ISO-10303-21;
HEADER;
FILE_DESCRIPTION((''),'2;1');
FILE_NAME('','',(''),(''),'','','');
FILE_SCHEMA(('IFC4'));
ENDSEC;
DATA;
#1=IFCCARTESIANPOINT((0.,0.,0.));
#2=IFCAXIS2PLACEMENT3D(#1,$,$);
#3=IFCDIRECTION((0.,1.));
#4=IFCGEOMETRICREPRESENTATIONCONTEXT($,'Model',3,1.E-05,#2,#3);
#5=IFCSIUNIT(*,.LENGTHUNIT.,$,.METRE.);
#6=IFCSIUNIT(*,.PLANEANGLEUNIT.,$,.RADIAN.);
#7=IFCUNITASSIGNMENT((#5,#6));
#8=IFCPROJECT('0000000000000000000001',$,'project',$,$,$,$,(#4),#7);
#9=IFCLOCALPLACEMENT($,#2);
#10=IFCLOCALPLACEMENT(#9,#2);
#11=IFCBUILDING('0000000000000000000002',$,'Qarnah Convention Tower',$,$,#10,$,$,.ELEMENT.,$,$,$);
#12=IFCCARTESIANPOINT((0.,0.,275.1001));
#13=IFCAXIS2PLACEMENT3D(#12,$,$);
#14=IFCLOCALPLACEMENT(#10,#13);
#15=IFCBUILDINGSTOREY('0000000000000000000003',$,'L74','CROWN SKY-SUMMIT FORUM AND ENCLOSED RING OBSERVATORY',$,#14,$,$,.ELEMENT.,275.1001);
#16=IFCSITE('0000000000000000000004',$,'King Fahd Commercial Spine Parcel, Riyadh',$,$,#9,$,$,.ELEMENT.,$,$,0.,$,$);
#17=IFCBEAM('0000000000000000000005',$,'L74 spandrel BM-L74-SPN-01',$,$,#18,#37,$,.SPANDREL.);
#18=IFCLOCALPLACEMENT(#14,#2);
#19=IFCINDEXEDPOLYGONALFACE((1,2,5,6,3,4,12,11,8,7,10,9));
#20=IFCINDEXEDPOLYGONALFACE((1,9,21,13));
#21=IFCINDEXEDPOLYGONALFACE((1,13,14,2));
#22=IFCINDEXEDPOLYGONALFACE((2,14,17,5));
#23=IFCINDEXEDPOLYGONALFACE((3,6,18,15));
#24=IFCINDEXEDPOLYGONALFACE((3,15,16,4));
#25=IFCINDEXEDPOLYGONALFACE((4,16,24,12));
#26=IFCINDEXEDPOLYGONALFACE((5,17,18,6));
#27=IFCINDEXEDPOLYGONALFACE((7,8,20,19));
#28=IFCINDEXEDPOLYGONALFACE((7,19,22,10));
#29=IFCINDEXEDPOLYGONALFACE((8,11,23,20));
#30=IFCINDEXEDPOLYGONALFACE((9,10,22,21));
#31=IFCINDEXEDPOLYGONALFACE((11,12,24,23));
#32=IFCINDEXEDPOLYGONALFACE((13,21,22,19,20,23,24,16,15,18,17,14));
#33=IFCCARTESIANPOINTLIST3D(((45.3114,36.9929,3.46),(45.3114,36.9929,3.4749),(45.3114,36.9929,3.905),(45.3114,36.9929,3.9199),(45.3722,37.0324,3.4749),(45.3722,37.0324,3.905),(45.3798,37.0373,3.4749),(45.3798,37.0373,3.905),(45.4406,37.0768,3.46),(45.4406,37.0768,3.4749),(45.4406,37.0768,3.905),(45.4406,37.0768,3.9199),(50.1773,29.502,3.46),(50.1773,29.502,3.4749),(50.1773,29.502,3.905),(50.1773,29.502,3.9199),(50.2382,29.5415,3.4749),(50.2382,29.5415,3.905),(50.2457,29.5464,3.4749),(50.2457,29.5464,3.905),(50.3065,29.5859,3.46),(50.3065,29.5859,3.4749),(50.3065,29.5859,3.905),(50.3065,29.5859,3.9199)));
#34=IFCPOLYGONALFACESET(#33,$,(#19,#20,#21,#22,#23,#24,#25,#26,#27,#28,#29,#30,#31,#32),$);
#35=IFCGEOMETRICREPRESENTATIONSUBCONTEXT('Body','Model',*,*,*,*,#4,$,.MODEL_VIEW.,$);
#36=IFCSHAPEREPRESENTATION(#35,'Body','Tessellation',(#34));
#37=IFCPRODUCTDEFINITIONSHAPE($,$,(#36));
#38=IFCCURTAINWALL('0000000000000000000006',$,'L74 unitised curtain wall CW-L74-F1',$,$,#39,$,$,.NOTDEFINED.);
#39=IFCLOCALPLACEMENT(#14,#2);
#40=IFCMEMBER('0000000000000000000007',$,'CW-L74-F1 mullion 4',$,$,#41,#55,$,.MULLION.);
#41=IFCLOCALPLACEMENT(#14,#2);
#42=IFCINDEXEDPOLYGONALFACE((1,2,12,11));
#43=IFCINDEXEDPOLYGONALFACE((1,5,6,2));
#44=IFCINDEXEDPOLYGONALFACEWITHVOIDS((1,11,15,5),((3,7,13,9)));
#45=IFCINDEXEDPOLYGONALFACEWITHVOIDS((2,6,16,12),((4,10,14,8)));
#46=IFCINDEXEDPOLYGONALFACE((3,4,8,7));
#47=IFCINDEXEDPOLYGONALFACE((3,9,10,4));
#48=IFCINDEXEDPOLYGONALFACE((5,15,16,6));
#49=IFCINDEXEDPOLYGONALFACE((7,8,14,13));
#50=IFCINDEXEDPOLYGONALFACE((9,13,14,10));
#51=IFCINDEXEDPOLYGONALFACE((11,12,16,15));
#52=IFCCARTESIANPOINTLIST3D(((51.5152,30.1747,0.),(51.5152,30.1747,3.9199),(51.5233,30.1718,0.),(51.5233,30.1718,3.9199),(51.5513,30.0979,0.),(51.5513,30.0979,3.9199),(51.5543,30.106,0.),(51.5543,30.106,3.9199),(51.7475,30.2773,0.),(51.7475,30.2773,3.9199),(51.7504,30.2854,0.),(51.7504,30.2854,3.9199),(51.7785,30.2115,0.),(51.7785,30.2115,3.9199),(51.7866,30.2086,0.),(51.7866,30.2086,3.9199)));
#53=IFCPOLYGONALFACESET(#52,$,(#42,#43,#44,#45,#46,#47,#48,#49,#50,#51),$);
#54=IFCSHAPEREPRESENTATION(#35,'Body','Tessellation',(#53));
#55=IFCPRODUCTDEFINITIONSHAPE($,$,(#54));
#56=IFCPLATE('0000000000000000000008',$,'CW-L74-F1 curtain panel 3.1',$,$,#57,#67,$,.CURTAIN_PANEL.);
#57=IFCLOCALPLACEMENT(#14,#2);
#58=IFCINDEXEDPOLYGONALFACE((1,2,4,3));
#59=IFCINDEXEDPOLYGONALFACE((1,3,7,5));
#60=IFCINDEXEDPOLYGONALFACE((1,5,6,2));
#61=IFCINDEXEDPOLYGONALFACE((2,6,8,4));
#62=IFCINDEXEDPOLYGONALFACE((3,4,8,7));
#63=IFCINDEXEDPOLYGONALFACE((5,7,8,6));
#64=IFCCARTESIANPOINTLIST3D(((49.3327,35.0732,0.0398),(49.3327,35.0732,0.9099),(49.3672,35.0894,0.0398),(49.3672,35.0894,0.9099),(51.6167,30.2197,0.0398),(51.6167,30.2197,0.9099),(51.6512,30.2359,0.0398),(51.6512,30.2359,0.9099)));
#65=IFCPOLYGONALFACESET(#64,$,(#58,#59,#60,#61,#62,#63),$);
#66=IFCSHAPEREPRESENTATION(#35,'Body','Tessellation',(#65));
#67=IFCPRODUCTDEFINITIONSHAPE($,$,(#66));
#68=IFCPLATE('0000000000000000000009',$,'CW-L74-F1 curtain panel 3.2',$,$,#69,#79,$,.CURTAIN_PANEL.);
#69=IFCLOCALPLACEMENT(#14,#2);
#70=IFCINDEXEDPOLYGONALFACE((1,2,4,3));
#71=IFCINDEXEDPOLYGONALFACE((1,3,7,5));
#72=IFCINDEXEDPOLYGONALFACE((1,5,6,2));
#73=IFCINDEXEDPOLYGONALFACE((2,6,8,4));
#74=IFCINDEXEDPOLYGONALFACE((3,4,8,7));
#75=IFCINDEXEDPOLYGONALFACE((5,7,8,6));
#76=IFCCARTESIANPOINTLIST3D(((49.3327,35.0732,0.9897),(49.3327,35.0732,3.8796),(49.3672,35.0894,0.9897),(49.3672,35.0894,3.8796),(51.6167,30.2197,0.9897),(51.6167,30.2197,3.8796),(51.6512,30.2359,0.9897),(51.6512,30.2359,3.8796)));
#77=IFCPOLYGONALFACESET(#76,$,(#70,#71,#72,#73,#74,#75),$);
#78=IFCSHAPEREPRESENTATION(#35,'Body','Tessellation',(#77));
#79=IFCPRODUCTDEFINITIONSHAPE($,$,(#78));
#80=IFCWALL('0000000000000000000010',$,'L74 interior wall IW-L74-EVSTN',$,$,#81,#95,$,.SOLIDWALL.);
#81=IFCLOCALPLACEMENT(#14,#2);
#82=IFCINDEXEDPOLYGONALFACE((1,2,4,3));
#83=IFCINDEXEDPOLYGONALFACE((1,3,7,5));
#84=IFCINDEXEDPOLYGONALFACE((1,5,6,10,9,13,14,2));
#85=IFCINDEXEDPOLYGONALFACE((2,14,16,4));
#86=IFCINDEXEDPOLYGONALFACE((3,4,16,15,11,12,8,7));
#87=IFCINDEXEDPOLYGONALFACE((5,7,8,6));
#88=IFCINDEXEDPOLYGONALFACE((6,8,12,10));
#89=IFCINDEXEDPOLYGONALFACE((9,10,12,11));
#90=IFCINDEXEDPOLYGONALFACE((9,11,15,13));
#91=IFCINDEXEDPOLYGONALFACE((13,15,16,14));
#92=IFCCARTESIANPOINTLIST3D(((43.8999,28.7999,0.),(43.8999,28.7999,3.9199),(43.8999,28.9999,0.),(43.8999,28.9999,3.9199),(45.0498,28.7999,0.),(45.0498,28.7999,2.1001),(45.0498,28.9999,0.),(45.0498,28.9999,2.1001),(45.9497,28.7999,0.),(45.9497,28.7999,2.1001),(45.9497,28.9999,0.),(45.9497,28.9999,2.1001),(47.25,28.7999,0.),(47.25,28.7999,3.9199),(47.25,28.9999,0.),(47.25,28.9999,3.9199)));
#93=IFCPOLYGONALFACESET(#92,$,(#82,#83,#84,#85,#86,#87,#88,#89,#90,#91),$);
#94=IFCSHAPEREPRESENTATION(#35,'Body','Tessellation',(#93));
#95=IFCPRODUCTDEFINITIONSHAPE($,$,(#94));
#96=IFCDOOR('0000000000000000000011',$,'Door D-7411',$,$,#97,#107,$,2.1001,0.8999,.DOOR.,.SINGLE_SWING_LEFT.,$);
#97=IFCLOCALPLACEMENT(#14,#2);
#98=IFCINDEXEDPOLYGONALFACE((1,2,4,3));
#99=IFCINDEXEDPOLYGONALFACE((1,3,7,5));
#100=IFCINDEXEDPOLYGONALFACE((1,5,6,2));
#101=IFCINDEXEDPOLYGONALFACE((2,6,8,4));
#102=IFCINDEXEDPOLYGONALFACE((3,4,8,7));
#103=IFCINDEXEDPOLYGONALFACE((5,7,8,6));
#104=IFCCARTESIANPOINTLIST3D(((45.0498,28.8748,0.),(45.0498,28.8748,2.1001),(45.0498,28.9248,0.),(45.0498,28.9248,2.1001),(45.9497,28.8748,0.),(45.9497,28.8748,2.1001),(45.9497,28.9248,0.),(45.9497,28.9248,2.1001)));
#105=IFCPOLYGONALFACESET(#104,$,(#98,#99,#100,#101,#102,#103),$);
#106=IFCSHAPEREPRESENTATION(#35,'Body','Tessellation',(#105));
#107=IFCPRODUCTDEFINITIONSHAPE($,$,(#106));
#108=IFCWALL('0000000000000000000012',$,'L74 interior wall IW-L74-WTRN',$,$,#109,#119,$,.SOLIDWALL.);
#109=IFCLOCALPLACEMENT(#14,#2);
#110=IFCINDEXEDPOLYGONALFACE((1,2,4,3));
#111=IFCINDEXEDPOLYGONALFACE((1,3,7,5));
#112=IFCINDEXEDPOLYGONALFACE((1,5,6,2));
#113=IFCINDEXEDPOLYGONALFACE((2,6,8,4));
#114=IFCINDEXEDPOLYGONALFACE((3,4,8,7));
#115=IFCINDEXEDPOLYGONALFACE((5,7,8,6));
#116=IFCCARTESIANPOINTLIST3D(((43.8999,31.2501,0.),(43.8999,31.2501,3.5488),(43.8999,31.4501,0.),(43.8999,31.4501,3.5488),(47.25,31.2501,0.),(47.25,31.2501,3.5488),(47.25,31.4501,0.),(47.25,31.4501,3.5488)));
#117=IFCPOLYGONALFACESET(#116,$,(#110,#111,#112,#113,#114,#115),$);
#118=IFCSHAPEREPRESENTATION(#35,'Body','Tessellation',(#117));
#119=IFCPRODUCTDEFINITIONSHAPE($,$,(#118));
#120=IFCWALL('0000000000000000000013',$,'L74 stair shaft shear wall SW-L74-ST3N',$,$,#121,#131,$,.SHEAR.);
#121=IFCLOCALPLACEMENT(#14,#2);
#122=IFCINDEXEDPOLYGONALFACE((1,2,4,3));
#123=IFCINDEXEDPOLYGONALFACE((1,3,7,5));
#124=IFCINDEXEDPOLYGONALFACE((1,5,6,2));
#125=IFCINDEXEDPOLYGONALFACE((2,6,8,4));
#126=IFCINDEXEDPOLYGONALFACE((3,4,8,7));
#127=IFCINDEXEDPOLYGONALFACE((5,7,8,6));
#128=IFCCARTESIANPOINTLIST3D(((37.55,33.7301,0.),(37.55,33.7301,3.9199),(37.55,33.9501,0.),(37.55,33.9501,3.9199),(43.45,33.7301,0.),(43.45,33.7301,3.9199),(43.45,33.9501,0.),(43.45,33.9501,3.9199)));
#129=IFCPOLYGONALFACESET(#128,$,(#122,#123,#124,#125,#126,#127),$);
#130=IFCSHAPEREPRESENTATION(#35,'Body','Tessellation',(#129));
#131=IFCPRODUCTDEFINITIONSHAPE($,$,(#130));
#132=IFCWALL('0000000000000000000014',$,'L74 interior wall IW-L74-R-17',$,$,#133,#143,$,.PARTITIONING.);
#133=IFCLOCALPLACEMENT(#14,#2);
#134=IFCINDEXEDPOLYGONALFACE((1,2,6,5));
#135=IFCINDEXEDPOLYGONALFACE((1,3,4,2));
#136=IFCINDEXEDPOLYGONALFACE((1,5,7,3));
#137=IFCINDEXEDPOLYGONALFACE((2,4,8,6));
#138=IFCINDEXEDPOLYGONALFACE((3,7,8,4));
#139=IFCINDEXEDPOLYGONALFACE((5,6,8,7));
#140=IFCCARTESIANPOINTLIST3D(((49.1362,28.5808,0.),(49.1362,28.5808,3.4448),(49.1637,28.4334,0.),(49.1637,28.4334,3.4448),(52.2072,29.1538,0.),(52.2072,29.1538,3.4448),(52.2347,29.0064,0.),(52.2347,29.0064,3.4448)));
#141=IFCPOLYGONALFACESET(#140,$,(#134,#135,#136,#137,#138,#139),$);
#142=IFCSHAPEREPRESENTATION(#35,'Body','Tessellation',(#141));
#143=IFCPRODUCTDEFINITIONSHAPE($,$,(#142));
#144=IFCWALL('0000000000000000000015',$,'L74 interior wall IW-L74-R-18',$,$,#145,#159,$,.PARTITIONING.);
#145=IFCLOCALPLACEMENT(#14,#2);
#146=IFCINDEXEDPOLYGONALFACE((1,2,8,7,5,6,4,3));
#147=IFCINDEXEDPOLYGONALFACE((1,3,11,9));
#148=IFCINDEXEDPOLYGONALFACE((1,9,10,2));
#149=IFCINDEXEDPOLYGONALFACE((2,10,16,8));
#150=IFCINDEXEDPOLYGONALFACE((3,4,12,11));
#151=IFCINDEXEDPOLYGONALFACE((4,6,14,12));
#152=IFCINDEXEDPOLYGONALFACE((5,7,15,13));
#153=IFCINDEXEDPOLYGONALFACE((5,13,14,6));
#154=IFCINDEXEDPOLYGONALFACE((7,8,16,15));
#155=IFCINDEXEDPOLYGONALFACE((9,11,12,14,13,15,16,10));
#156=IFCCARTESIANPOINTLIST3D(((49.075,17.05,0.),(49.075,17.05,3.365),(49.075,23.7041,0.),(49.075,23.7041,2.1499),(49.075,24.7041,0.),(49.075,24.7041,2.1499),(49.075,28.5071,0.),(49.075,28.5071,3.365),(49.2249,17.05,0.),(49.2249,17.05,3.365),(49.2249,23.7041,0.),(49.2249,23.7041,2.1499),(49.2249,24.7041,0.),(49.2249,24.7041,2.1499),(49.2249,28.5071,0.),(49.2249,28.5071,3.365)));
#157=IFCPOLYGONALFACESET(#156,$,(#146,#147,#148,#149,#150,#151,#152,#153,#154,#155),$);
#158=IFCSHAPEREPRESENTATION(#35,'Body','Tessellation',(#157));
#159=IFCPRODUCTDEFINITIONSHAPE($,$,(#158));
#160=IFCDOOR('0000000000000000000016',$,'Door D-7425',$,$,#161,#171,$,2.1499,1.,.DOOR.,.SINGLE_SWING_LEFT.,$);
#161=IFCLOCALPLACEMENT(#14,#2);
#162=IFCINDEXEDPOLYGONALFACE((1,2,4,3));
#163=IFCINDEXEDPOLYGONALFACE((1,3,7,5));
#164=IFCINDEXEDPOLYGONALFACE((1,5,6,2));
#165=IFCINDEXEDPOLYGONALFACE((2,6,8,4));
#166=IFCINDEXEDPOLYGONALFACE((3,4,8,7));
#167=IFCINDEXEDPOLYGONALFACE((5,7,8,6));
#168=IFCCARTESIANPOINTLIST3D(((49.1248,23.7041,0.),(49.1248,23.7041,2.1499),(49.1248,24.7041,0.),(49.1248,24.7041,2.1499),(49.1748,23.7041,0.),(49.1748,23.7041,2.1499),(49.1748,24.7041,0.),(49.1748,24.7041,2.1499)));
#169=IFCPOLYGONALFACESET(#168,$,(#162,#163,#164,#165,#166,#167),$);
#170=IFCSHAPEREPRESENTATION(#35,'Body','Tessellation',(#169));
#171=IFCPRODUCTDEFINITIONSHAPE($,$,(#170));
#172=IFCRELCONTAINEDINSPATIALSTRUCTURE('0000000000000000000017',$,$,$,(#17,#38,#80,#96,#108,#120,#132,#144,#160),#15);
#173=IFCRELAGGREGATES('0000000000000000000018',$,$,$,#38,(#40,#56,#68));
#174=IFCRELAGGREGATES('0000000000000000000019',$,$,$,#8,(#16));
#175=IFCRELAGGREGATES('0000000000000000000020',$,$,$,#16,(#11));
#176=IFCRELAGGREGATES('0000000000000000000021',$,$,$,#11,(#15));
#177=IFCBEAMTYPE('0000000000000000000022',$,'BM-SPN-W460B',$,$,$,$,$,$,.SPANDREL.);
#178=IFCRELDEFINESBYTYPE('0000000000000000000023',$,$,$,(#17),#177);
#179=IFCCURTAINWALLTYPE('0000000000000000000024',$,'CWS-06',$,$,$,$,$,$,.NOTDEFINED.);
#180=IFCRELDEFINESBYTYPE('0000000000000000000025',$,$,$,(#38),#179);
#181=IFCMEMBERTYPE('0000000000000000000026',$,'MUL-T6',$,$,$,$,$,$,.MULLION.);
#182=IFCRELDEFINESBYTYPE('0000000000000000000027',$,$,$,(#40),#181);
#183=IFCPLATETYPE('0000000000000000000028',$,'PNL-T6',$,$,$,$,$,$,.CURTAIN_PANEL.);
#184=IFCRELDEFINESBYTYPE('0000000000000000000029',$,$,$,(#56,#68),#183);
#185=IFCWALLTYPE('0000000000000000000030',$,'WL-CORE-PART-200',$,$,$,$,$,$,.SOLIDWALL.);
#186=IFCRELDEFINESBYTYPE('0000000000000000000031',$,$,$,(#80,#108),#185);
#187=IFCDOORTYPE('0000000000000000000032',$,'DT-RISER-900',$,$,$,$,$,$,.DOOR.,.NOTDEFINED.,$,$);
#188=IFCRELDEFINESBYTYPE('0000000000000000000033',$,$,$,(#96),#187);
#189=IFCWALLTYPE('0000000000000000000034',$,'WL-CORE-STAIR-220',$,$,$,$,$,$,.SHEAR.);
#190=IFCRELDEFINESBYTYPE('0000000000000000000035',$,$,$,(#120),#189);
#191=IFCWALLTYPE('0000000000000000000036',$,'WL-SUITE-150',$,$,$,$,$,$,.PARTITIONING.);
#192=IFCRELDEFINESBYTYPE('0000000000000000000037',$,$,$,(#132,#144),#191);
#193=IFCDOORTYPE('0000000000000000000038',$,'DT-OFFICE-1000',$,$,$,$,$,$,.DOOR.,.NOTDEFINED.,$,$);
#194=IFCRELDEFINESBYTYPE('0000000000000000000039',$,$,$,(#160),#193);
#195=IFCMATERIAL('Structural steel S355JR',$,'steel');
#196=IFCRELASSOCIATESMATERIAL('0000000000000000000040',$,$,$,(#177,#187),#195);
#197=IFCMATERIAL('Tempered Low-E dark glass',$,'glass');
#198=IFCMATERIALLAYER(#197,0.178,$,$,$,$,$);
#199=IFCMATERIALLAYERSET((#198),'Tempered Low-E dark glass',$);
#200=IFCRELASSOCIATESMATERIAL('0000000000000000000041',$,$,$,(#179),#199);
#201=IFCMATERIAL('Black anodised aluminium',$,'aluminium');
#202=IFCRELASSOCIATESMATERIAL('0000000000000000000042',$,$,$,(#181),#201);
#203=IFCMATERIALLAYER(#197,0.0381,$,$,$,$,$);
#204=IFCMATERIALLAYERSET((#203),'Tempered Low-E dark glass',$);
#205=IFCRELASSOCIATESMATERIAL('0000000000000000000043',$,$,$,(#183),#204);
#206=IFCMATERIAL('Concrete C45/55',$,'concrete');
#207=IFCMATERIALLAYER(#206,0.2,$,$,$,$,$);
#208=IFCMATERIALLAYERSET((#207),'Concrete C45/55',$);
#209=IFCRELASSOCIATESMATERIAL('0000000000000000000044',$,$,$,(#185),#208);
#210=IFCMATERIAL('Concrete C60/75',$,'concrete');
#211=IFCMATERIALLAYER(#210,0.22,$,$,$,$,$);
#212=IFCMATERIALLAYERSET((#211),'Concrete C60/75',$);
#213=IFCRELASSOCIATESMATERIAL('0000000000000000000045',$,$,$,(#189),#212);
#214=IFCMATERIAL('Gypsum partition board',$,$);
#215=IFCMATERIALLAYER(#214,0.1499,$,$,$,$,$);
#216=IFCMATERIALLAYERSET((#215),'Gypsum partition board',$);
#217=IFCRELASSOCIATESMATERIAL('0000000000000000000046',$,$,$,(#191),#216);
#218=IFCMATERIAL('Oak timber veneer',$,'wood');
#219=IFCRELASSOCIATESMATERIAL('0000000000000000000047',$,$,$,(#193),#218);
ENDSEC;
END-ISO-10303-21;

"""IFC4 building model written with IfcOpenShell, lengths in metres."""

from ifc_helpers import new_model, si_unit, direction, frame, frame_2d, origin, origin_2d, place, context, subcontext, project, spatial, rectangle, hollow_rectangle, i_section, extrude, material, layer, layer_set, material_profile, profile_set, type_object, element, fill, aggregate, save


model = new_model("IFC4")

# Units and contexts
model_context = context("Model", 3, precision=1e-05, world=origin(), true_north=direction((0.0, 1.0)))
body_context = subcontext(model_context, "Body", "Model", "MODEL_VIEW")
ifc_project = project(units=[si_unit("LENGTHUNIT", "METRE"), si_unit("PLANEANGLEUNIT", "RADIAN")], contexts=[model_context])

# Site, building, storey
site_placement = place(None, origin())
site = spatial("IfcSite", under=ifc_project, at=site_placement, Name="King Fahd Commercial Spine Parcel, Riyadh", CompositionType="ELEMENT", RefElevation=0.0)
building_placement = place(site_placement, origin())
building = spatial("IfcBuilding", under=site, at=building_placement, Name="Qarnah Convention Tower", CompositionType="ELEMENT")
storey_placement = place(building_placement, frame((0.0, 0.0, 275.1001)))
storey = spatial("IfcBuildingStorey", under=building, at=storey_placement, Name="L74", Description="CROWN SKY-SUMMIT FORUM AND ENCLOSED RING OBSERVATORY", CompositionType="ELEMENT", Elevation=275.1001)

# Beam
ifc_material_1 = material(Name="Structural steel S355JR", Category="steel")
ifc_material_profile_1 = material_profile(ifc_material_1, i_section(OverallWidth=0.1541, OverallDepth=0.46, WebThickness=0.009, FlangeThickness=0.0149, at=origin_2d()), Name="W460X68")
ifc_profile_set_1 = profile_set([ifc_material_profile_1], Name="Structural steel S355JR")
beam_type_1 = type_object("IfcBeamType", Name="BM-SPN-W460B", PredefinedType="SPANDREL", material=ifc_profile_set_1)
beam_1_placement = place(storey_placement, frame((50.2419, 29.5439, 3.6899), z_axis=(-0.54474, 0.838605, 0.0), x_axis=(-0.838605, -0.54474, 0.0)))
element("IfcBeam", 1, at=beam_1_placement, inside=storey, type_object=beam_type_1, Name="L74 spandrel BM-L74-SPN-01", PredefinedType="SPANDREL", context=body_context, shape_type="SweptSolid", body=[
    extrude(i_section(OverallWidth=0.1541, OverallDepth=0.46, WebThickness=0.009, FlangeThickness=0.0149, at=origin_2d()), origin(), (0.0, 0.0, 1.0), 8.9326),
])

# Curtain wall, member, plates
ifc_material_2 = material(Name="Tempered Low-E dark glass", Category="glass")
ifc_layer_1 = layer(ifc_material_2, 0.178)
ifc_layer_set_1 = layer_set([ifc_layer_1], Name="Tempered Low-E dark glass")
curtain_wall_type = type_object("IfcCurtainWallType", Name="CWS-06", PredefinedType="NOTDEFINED", material=ifc_layer_set_1)
curtain_wall_placement = place(storey_placement, origin())
curtain_wall = element("IfcCurtainWall", 2, at=curtain_wall_placement, inside=storey, type_object=curtain_wall_type, Name="L74 unitised curtain wall CW-L74-F1", PredefinedType="NOTDEFINED")
ifc_material_3 = material(Name="Black anodised aluminium", Category="aluminium")
ifc_material_profile_2 = material_profile(ifc_material_3, hollow_rectangle(XDim=0.085, YDim=0.26, WallThickness=0.0061, at=origin_2d()), Name="MUL-85X260")
ifc_profile_set_2 = profile_set([ifc_material_profile_2], Name="Black anodised aluminium")
member_type = type_object("IfcMemberType", Name="MUL-T6", PredefinedType="MULLION", material=ifc_profile_set_2)
member_placement = place(storey_placement, frame((51.6509, 30.1917, 0.0), z_axis=(0.0, 0.0, 1.0), x_axis=(0.425794, -0.90482, 0.0)))
member = element("IfcMember", 3, at=member_placement, type_object=member_type, Name="CW-L74-F1 mullion 4", PredefinedType="MULLION", context=body_context, shape_type="SweptSolid", body=[
    extrude(hollow_rectangle(XDim=0.085, YDim=0.26, WallThickness=0.0061, at=origin_2d()), origin(), (0.0, 0.0, 1.0), 3.9199),
])
ifc_layer_2 = layer(ifc_material_2, 0.0381)
ifc_layer_set_2 = layer_set([ifc_layer_2], Name="Tempered Low-E dark glass")
plate_type = type_object("IfcPlateType", Name="PNL-T6", PredefinedType="CURTAIN_PANEL", material=ifc_layer_set_2)
plate_1_placement = place(storey_placement, frame((50.4919, 32.6545, 0.0398), z_axis=(0.0, 0.0, 1.0), x_axis=(0.425794, -0.90482, 0.0)))
plate_1 = element("IfcPlate", 4, at=plate_1_placement, type_object=plate_type, Name="CW-L74-F1 curtain panel 3.1", PredefinedType="CURTAIN_PANEL", context=body_context, shape_type="SweptSolid", body=[
    extrude(rectangle(XDim=5.364, YDim=0.0381, at=origin_2d()), origin(), (0.0, 0.0, 1.0), 0.8701),
])
plate_2_placement = place(storey_placement, frame((50.4919, 32.6545, 0.9897), z_axis=(0.0, 0.0, 1.0), x_axis=(0.425794, -0.90482, 0.0)))
plate_2 = element("IfcPlate", 5, at=plate_2_placement, type_object=plate_type, Name="CW-L74-F1 curtain panel 3.2", PredefinedType="CURTAIN_PANEL", context=body_context, shape_type="SweptSolid", body=[
    extrude(rectangle(XDim=5.364, YDim=0.0381, at=origin_2d()), origin(), (0.0, 0.0, 1.0), 2.8899),
])
aggregate(curtain_wall, [member, plate_1, plate_2])

# Wall, opening, door
ifc_material_4 = material(Name="Concrete C45/55", Category="concrete")
ifc_layer_3 = layer(ifc_material_4, 0.2)
ifc_layer_set_3 = layer_set([ifc_layer_3], Name="Concrete C45/55")
wall_type_1 = type_object("IfcWallType", Name="WL-CORE-PART-200", PredefinedType="SOLIDWALL", material=ifc_layer_set_3)
wall_1_placement = place(storey_placement, frame((43.8999, 28.8999, 0.0), z_axis=(0.0, 0.0, 1.0), x_axis=(1.0, 0.0, 0.0)))
wall_1 = element("IfcWall", 6, at=wall_1_placement, inside=storey, type_object=wall_type_1, Name="L74 interior wall IW-L74-EVSTN", PredefinedType="SOLIDWALL", context=body_context, shape_type="SweptSolid", body=[
    extrude(rectangle(XDim=3.3501, YDim=0.2, at=frame_2d((1.675, 0.0))), origin(), (0.0, 0.0, 1.0), 3.9199),
])
opening_1_placement = place(wall_1_placement, frame((1.1499, 0.0, 0.0)))
opening_1 = element("IfcOpeningElement", 7, at=opening_1_placement, cuts=wall_1, PredefinedType="OPENING", context=body_context, shape_type="SweptSolid", body=[
    extrude(rectangle(XDim=0.8999, YDim=2.1001, at=frame_2d((0.45, 1.05))), frame((0.0, 0.1099, 0.0), z_axis=(0.0, -1.0, 0.0), x_axis=(1.0, 0.0, 0.0)), (0.0, 0.0, 1.0), 0.22),
])
door_type_1 = type_object("IfcDoorType", Name="DT-RISER-900", OperationType="NOTDEFINED", PredefinedType="DOOR", material=ifc_material_1)
door_1_placement = place(opening_1_placement, origin())
door_1 = element("IfcDoor", 8, at=door_1_placement, inside=storey, type_object=door_type_1, Name="Door D-7411", OperationType="SINGLE_SWING_LEFT", OverallHeight=2.1001, OverallWidth=0.8999, PredefinedType="DOOR", context=body_context, shape_type="SweptSolid", body=[
    extrude(rectangle(XDim=0.8999, YDim=2.1001, at=frame_2d((0.45, 1.05))), frame((0.0, 0.0249, 0.0), z_axis=(0.0, -1.0, 0.0), x_axis=(1.0, 0.0, 0.0)), (0.0, 0.0, 1.0), 0.05),
])
fill(opening_1, door_1)

# Walls
wall_2_placement = place(storey_placement, frame((43.8999, 31.3501, 0.0), z_axis=(0.0, 0.0, 1.0), x_axis=(1.0, 0.0, 0.0)))
element("IfcWall", 9, at=wall_2_placement, inside=storey, type_object=wall_type_1, Name="L74 interior wall IW-L74-WTRN", PredefinedType="SOLIDWALL", context=body_context, shape_type="SweptSolid", body=[
    extrude(rectangle(XDim=3.3501, YDim=0.2, at=frame_2d((1.675, 0.0))), origin(), (0.0, 0.0, 1.0), 3.5488),
])
ifc_material_5 = material(Name="Concrete C60/75", Category="concrete")
ifc_layer_4 = layer(ifc_material_5, 0.22)
ifc_layer_set_4 = layer_set([ifc_layer_4], Name="Concrete C60/75")
wall_type_2 = type_object("IfcWallType", Name="WL-CORE-STAIR-220", PredefinedType="SHEAR", material=ifc_layer_set_4)
wall_3_placement = place(storey_placement, frame((37.55, 33.8401, 0.0), z_axis=(0.0, 0.0, 1.0), x_axis=(1.0, 0.0, 0.0)))
element("IfcWall", 10, at=wall_3_placement, inside=storey, type_object=wall_type_2, Name="L74 stair shaft shear wall SW-L74-ST3N", PredefinedType="SHEAR", context=body_context, shape_type="SweptSolid", body=[
    extrude(rectangle(XDim=5.8999, YDim=0.22, at=frame_2d((2.95, 0.0))), origin(), (0.0, 0.0, 1.0), 3.9199),
])
ifc_material_6 = material(Name="Gypsum partition board")
ifc_layer_5 = layer(ifc_material_6, 0.1499)
ifc_layer_set_5 = layer_set([ifc_layer_5], Name="Gypsum partition board")
wall_type_3 = type_object("IfcWallType", Name="WL-SUITE-150", PredefinedType="PARTITIONING", material=ifc_layer_set_5)
wall_4_placement = place(storey_placement, frame((52.2209, 29.0801, 0.0), z_axis=(0.0, 0.0, 1.0), x_axis=(-0.983035, -0.183416, 0.0)))
element("IfcWall", 11, at=wall_4_placement, inside=storey, type_object=wall_type_3, Name="L74 interior wall IW-L74-R-17", PredefinedType="PARTITIONING", context=body_context, shape_type="SweptSolid", body=[
    extrude(rectangle(XDim=3.124, YDim=0.1499, at=frame_2d((1.562, 0.0))), origin(), (0.0, 0.0, 1.0), 3.4448),
])

# Wall, opening, door
wall_5_placement = place(storey_placement, frame((49.1499, 28.5071, 0.0), z_axis=(0.0, 0.0, 1.0), x_axis=(0.0, -1.0, 0.0)))
wall_5 = element("IfcWall", 12, at=wall_5_placement, inside=storey, type_object=wall_type_3, Name="L74 interior wall IW-L74-R-18", PredefinedType="PARTITIONING", context=body_context, shape_type="SweptSolid", body=[
    extrude(rectangle(XDim=11.457, YDim=0.1499, at=frame_2d((5.7285, 0.0))), origin(), (0.0, 0.0, 1.0), 3.365),
])
opening_2_placement = place(wall_5_placement, frame((3.803, 0.0, 0.0)))
opening_2 = element("IfcOpeningElement", 13, at=opening_2_placement, cuts=wall_5, PredefinedType="OPENING", context=body_context, shape_type="SweptSolid", body=[
    extrude(rectangle(XDim=1.0, YDim=2.1499, at=frame_2d((0.5, 1.075))), frame((0.0, 0.085, 0.0), z_axis=(0.0, -1.0, 0.0), x_axis=(1.0, 0.0, 0.0)), (0.0, 0.0, 1.0), 0.1699),
])
ifc_material_7 = material(Name="Oak timber veneer", Category="wood")
door_type_2 = type_object("IfcDoorType", Name="DT-OFFICE-1000", OperationType="NOTDEFINED", PredefinedType="DOOR", material=ifc_material_7)
door_2_placement = place(opening_2_placement, origin())
door_2 = element("IfcDoor", 14, at=door_2_placement, inside=storey, type_object=door_type_2, Name="Door D-7425", OperationType="SINGLE_SWING_LEFT", OverallHeight=2.1499, OverallWidth=1.0, PredefinedType="DOOR", context=body_context, shape_type="SweptSolid", body=[
    extrude(rectangle(XDim=1.0, YDim=2.1499, at=frame_2d((0.5, 1.075))), frame((0.0, 0.0249, 0.0), z_axis=(0.0, -1.0, 0.0), x_axis=(1.0, 0.0, 0.0)), (0.0, 0.0, 1.0), 0.05),
])
fill(opening_2, door_2)

save(model, "model.ifc")
